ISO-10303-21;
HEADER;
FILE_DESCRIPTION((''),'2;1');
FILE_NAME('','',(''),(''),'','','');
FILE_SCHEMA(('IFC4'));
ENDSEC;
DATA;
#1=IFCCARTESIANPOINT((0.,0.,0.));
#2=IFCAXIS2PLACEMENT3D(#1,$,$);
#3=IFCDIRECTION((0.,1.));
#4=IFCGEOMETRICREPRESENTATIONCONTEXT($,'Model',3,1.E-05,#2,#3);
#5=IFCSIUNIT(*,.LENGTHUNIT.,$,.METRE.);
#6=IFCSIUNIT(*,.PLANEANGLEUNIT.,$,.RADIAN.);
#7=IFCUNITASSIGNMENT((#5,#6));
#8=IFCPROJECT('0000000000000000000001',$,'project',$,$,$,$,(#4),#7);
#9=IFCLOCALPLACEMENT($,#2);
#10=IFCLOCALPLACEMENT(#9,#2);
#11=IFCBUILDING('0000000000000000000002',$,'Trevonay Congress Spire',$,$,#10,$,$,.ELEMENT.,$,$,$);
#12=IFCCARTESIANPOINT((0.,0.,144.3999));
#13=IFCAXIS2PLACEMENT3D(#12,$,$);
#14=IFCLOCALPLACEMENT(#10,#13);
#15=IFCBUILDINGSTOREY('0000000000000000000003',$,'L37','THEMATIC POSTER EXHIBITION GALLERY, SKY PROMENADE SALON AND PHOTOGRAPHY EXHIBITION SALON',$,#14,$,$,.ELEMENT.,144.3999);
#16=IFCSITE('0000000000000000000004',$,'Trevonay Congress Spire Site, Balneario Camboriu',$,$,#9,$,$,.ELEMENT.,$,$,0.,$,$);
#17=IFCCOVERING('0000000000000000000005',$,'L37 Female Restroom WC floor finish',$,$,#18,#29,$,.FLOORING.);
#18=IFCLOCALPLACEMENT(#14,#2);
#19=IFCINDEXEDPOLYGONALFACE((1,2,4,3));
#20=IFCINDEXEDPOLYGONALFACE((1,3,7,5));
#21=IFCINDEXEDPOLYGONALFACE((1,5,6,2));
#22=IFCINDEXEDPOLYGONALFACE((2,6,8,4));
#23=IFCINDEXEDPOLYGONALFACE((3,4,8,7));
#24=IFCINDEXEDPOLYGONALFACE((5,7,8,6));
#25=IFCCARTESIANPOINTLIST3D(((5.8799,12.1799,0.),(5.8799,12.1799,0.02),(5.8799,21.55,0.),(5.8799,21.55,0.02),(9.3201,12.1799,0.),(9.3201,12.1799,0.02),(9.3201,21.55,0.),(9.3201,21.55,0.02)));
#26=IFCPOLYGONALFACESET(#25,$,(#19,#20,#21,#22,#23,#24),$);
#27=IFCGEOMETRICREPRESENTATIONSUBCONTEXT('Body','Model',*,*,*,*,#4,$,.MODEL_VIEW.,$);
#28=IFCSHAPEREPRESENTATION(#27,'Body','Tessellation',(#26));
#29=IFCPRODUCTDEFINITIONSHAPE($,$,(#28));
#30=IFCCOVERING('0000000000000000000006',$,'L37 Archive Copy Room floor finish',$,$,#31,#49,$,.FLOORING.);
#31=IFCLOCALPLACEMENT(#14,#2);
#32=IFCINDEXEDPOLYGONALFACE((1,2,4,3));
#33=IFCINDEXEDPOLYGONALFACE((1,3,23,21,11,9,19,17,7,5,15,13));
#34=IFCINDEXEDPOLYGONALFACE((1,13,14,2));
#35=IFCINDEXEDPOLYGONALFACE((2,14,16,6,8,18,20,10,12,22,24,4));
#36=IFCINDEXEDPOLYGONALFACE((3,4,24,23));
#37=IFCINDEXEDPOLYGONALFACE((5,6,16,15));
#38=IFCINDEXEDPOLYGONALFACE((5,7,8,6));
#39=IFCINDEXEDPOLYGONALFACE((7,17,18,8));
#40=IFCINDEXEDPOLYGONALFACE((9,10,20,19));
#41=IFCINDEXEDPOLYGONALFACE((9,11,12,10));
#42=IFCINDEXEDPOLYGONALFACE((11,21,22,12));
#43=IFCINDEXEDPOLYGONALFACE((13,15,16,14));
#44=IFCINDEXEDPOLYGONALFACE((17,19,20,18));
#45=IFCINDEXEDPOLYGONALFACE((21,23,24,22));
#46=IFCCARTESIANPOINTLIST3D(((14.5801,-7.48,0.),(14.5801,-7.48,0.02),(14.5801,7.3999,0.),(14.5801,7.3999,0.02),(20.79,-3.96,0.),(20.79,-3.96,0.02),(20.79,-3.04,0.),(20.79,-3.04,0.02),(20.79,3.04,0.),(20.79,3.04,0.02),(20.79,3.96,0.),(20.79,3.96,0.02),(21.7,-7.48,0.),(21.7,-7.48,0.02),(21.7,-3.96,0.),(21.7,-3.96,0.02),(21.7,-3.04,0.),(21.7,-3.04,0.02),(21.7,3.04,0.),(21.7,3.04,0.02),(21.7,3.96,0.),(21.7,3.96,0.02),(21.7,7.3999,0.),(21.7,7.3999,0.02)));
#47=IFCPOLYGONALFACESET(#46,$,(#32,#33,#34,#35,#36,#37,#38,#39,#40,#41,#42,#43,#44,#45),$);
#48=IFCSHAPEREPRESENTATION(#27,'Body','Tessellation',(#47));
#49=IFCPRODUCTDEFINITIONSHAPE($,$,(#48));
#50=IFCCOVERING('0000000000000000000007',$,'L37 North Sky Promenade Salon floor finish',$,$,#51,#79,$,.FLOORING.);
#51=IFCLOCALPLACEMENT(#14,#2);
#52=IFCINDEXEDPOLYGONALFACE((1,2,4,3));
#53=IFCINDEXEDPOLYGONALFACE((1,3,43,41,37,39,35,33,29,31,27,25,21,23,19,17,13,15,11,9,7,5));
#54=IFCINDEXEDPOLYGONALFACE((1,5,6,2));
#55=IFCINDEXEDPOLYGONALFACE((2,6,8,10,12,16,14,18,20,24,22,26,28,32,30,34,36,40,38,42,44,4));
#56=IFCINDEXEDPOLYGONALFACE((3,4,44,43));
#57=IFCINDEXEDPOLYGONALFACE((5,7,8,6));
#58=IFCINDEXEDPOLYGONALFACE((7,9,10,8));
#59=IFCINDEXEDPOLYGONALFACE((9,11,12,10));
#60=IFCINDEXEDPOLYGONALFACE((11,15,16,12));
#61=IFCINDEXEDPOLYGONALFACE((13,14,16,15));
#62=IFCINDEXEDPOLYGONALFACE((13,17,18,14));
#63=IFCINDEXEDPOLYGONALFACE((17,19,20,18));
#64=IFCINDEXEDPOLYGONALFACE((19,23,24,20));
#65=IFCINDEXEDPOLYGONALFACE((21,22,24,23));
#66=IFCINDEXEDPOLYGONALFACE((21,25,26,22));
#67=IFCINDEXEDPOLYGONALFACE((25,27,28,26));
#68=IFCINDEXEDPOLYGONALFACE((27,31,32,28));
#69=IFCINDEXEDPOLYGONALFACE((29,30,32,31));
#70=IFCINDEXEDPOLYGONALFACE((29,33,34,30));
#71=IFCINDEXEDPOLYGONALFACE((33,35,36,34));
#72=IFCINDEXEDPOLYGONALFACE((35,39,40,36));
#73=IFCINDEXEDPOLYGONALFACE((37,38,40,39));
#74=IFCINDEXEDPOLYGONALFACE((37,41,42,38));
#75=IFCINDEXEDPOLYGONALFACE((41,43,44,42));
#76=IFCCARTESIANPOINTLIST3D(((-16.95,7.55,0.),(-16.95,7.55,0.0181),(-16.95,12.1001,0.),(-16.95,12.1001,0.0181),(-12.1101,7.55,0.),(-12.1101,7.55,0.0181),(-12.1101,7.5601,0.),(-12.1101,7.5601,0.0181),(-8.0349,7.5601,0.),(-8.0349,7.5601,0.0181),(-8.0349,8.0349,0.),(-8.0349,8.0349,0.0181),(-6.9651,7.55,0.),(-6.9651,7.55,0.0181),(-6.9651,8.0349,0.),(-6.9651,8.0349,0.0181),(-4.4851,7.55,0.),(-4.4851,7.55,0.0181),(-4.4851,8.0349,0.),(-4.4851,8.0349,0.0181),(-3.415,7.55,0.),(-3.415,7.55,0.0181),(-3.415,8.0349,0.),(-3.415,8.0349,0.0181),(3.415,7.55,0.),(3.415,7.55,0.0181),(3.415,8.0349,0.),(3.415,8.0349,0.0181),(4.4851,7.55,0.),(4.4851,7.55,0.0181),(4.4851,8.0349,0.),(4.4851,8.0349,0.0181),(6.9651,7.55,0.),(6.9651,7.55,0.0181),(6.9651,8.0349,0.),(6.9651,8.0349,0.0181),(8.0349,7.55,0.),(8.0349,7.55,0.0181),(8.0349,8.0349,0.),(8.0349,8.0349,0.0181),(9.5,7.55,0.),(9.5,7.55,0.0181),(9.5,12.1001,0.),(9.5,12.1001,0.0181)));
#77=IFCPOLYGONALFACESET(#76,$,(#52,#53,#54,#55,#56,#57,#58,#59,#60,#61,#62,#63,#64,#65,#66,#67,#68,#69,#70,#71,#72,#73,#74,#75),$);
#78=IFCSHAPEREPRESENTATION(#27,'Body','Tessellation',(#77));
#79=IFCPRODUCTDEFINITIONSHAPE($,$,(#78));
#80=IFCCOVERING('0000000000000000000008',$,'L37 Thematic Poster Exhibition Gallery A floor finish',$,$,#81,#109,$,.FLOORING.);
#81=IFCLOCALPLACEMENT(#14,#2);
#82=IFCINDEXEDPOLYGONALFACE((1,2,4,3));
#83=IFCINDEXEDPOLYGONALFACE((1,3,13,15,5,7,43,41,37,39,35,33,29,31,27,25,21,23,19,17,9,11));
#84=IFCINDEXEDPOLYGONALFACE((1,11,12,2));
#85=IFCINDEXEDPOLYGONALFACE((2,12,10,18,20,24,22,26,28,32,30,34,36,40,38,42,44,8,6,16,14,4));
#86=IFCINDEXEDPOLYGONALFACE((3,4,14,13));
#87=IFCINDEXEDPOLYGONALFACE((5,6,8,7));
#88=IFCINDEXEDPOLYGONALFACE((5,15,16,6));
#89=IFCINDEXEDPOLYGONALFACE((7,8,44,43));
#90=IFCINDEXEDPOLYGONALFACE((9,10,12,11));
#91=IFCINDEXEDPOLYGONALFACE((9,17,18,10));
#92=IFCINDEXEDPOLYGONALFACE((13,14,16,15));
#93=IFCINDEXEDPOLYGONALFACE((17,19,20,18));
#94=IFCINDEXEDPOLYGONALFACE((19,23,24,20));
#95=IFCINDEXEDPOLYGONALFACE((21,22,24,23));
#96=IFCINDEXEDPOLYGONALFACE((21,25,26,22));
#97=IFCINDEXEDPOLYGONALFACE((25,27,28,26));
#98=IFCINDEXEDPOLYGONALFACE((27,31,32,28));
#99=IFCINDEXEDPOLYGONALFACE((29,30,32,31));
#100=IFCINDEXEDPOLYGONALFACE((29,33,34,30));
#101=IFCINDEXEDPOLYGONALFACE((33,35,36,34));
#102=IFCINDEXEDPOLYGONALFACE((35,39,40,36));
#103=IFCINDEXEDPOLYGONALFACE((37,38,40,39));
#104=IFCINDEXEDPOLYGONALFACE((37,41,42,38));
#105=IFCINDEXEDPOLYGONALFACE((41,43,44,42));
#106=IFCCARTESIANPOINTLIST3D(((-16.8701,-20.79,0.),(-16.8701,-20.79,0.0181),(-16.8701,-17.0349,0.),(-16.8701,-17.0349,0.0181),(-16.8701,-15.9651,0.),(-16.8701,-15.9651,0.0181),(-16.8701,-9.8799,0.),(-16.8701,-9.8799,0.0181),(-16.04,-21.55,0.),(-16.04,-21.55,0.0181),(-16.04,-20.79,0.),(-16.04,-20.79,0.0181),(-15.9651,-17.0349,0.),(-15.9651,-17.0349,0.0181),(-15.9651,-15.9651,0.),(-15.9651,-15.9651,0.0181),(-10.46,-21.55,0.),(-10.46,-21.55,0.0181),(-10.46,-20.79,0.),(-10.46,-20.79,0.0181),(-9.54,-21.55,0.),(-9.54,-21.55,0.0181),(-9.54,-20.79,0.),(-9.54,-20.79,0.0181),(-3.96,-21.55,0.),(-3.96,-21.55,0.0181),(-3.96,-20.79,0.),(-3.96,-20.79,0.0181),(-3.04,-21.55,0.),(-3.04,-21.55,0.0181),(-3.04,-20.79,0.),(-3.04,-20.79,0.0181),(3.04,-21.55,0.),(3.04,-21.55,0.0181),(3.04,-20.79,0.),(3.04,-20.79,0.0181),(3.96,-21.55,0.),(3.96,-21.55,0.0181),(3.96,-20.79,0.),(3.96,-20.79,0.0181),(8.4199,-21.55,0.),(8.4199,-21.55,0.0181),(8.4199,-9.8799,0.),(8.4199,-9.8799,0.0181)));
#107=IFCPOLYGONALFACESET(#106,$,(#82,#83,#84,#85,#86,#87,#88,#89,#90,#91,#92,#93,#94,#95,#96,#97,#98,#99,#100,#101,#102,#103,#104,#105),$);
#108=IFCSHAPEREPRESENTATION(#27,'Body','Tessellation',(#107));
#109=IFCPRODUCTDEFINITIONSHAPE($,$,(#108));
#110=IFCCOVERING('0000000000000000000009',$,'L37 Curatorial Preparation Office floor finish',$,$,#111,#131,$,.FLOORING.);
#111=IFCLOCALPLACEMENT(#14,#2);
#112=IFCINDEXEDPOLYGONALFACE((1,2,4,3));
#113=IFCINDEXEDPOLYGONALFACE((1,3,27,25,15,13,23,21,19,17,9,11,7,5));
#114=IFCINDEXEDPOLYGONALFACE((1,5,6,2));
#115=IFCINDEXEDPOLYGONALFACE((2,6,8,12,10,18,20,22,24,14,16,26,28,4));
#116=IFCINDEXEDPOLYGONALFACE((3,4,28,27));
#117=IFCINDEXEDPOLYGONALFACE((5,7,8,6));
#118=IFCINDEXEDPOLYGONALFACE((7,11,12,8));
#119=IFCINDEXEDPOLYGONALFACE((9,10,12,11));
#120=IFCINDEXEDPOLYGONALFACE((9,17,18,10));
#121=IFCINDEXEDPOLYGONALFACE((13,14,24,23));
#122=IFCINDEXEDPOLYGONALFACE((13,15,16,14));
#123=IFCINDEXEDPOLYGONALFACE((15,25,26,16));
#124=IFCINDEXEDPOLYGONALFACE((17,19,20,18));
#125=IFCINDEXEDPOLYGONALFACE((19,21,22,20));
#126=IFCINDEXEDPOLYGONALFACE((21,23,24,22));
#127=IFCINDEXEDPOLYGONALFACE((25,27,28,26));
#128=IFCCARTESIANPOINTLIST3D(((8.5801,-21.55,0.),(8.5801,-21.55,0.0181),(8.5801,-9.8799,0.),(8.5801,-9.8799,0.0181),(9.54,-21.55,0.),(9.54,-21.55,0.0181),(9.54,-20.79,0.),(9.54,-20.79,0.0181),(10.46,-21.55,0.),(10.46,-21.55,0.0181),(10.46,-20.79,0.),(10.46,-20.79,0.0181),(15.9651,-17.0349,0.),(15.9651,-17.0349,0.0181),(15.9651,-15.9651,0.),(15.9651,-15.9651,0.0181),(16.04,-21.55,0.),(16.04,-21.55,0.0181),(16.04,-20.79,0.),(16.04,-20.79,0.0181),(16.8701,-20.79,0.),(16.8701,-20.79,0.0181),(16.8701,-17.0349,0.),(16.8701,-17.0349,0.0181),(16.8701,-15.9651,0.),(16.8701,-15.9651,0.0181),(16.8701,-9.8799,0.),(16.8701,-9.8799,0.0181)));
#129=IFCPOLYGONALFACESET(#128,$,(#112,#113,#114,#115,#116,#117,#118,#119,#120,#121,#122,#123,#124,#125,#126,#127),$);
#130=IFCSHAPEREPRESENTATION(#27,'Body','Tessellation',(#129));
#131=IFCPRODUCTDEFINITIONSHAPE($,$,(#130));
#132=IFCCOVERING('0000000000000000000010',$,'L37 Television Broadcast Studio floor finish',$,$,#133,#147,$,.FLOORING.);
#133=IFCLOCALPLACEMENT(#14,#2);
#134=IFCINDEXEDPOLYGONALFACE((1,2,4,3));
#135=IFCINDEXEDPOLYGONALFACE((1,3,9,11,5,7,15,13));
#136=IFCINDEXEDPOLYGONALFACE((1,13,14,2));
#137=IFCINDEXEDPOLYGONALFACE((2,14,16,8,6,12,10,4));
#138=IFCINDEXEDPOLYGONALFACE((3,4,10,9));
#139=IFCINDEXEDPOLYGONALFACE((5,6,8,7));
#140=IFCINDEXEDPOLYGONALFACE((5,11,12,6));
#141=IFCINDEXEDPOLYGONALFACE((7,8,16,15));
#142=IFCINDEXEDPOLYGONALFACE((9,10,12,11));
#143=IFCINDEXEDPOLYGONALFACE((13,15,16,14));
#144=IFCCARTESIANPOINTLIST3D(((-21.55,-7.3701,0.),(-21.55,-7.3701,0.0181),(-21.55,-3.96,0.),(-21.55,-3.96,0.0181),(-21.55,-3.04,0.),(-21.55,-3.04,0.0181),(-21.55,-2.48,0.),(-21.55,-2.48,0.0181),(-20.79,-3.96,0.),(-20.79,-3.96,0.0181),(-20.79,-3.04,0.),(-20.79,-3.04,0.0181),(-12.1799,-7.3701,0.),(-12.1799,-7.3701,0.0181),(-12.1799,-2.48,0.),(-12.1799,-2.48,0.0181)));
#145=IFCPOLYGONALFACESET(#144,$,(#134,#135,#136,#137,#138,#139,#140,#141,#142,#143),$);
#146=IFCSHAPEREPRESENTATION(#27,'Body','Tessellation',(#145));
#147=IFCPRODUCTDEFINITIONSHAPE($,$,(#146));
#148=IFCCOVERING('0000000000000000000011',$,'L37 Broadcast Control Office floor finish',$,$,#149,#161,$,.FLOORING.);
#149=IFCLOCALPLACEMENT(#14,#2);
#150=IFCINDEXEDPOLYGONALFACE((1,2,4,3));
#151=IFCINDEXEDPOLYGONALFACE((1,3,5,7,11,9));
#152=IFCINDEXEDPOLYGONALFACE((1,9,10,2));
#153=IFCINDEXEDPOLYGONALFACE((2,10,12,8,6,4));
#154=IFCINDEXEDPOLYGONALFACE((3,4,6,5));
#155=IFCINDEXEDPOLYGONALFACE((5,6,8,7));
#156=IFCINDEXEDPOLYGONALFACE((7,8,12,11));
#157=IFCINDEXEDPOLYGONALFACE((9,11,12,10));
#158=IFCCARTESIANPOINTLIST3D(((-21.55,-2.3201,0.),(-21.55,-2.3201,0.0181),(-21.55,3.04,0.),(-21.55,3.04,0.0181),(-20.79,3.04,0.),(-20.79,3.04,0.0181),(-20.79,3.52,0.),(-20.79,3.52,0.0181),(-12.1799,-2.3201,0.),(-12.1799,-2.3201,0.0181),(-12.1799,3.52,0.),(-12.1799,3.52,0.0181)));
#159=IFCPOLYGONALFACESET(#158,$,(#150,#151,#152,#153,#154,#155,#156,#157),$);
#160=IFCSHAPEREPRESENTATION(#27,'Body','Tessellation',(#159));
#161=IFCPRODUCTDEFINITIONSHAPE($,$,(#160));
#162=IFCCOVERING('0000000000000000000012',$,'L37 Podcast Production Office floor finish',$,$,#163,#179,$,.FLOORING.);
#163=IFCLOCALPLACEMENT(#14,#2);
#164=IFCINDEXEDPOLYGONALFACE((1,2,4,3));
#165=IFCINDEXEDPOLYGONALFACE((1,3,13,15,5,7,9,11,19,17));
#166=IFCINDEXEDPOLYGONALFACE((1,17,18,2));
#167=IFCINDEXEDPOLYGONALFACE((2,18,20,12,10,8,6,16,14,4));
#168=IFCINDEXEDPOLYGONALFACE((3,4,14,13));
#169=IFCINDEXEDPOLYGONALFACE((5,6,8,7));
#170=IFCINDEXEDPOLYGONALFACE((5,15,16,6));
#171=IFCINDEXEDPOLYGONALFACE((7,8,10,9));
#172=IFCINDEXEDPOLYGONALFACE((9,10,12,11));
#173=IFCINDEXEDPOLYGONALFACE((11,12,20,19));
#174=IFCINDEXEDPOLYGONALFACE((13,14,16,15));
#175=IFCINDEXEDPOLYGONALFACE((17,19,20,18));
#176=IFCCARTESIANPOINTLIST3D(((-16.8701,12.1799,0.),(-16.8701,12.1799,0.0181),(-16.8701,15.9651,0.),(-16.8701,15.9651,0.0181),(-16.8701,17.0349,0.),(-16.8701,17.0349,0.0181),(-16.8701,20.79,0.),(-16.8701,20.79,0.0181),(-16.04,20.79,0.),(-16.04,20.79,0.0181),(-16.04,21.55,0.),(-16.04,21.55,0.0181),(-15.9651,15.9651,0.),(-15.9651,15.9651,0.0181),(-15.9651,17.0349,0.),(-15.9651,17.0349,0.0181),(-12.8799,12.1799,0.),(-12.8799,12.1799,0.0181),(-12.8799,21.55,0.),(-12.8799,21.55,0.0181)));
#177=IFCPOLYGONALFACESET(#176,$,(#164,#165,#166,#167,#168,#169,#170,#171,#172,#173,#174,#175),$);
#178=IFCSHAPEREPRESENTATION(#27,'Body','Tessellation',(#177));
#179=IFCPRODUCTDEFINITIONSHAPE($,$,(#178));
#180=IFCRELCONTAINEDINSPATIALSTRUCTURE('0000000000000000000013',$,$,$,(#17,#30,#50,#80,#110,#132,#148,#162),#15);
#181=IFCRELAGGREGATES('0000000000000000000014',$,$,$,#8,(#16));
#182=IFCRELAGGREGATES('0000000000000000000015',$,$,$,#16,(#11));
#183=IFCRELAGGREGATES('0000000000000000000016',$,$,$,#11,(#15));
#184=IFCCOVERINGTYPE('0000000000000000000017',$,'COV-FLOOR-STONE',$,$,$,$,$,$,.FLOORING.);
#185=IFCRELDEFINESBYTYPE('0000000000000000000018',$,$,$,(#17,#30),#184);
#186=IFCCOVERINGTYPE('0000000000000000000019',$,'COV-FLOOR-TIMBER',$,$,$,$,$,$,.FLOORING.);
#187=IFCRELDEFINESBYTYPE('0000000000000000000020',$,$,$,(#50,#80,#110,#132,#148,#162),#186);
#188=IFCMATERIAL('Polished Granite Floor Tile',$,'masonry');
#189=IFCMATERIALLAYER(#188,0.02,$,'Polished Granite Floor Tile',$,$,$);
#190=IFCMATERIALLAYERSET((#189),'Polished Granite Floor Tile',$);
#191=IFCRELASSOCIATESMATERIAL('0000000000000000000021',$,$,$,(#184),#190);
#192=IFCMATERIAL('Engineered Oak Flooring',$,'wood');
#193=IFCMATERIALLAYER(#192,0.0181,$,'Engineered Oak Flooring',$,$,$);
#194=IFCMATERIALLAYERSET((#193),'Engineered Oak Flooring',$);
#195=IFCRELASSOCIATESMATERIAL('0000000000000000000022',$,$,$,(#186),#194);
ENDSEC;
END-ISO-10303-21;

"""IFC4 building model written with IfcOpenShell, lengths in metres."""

from ifc_helpers import new_model, si_unit, direction, frame, origin, place, context, subcontext, project, spatial, polyline, outline, extrude, material, layer, layer_set, type_object, element, save


model = new_model("IFC4")

# Units and contexts
model_context = context("Model", 3, precision=1e-05, world=origin(), true_north=direction((0.0, 1.0)))
body_context = subcontext(model_context, "Body", "Model", "MODEL_VIEW")
ifc_project = project(units=[si_unit("LENGTHUNIT", "METRE"), si_unit("PLANEANGLEUNIT", "RADIAN")], contexts=[model_context])

# Site, building, storey
site_placement = place(None, origin())
site = spatial("IfcSite", under=ifc_project, at=site_placement, Name="Trevonay Congress Spire Site, Balneario Camboriu", CompositionType="ELEMENT", RefElevation=0.0)
building_placement = place(site_placement, origin())
building = spatial("IfcBuilding", under=site, at=building_placement, Name="Trevonay Congress Spire", CompositionType="ELEMENT")
storey_placement = place(building_placement, frame((0.0, 0.0, 144.3999)))
storey = spatial("IfcBuildingStorey", under=building, at=storey_placement, Name="L37", Description="THEMATIC POSTER EXHIBITION GALLERY, SKY PROMENADE SALON AND PHOTOGRAPHY EXHIBITION SALON", CompositionType="ELEMENT", Elevation=144.3999)

# Coverings
ifc_material_1 = material(Name="Polished Granite Floor Tile", Category="masonry")
ifc_layer_1 = layer(ifc_material_1, 0.02, Name="Polished Granite Floor Tile")
ifc_layer_set_1 = layer_set([ifc_layer_1], Name="Polished Granite Floor Tile")
covering_type_1 = type_object("IfcCoveringType", Name="COV-FLOOR-STONE", PredefinedType="FLOORING", material=ifc_layer_set_1)
covering_1_placement = place(storey_placement, origin())
element("IfcCovering", 1, at=covering_1_placement, inside=storey, type_object=covering_type_1, Name="L37 Female Restroom WC floor finish", PredefinedType="FLOORING", context=body_context, shape_type="SweptSolid", body=[
    extrude(outline(polyline([(5.8799, 12.1799), (9.3201, 12.1799), (9.3201, 21.55), (5.8799, 21.55), (5.8799, 12.1799)])), origin(), (0.0, 0.0, 1.0), 0.02),
])
covering_2_placement = place(storey_placement, origin())
element("IfcCovering", 2, at=covering_2_placement, inside=storey, type_object=covering_type_1, Name="L37 Archive Copy Room floor finish", PredefinedType="FLOORING", context=body_context, shape_type="SweptSolid", body=[
    extrude(outline(polyline([(21.7, -7.48), (14.5801, -7.48), (14.5801, 7.3999), (21.7, 7.3999), (21.7, 3.96), (20.79, 3.96), (20.79, 3.04), (21.7, 3.04), (21.7, -3.04), (20.79, -3.04), (20.79, -3.96), (21.7, -3.96), (21.7, -7.48)])), origin(), (0.0, 0.0, 1.0), 0.02),
])
ifc_material_2 = material(Name="Engineered Oak Flooring", Category="wood")
ifc_layer_2 = layer(ifc_material_2, 0.0181, Name="Engineered Oak Flooring")
ifc_layer_set_2 = layer_set([ifc_layer_2], Name="Engineered Oak Flooring")
covering_type_2 = type_object("IfcCoveringType", Name="COV-FLOOR-TIMBER", PredefinedType="FLOORING", material=ifc_layer_set_2)
covering_3_placement = place(storey_placement, origin())
element("IfcCovering", 3, at=covering_3_placement, inside=storey, type_object=covering_type_2, Name="L37 North Sky Promenade Salon floor finish", PredefinedType="FLOORING", context=body_context, shape_type="SweptSolid", body=[
    extrude(outline(polyline([(-16.95, 12.1001), (9.5, 12.1001), (9.5, 7.55), (8.0349, 7.55), (8.0349, 8.0349), (6.9651, 8.0349), (6.9651, 7.55), (4.4851, 7.55), (4.4851, 8.0349), (3.415, 8.0349), (3.415, 7.55), (-3.415, 7.55), (-3.415, 8.0349), (-4.4851, 8.0349), (-4.4851, 7.55), (-6.9651, 7.55), (-6.9651, 8.0349), (-8.0349, 8.0349), (-8.0349, 7.5601), (-12.1101, 7.5601), (-12.1101, 7.55), (-16.95, 7.55), (-16.95, 12.1001)])), origin(), (0.0, 0.0, 1.0), 0.0181),
])
covering_4_placement = place(storey_placement, origin())
element("IfcCovering", 4, at=covering_4_placement, inside=storey, type_object=covering_type_2, Name="L37 Thematic Poster Exhibition Gallery A floor finish", PredefinedType="FLOORING", context=body_context, shape_type="SweptSolid", body=[
    extrude(outline(polyline([(-16.04, -21.55), (-16.04, -20.79), (-16.8701, -20.79), (-16.8701, -17.0349), (-15.9651, -17.0349), (-15.9651, -15.9651), (-16.8701, -15.9651), (-16.8701, -9.8799), (8.4199, -9.8799), (8.4199, -21.55), (3.96, -21.55), (3.96, -20.79), (3.04, -20.79), (3.04, -21.55), (-3.04, -21.55), (-3.04, -20.79), (-3.96, -20.79), (-3.96, -21.55), (-9.54, -21.55), (-9.54, -20.79), (-10.46, -20.79), (-10.46, -21.55), (-16.04, -21.55)])), origin(), (0.0, 0.0, 1.0), 0.0181),
])
covering_5_placement = place(storey_placement, origin())
element("IfcCovering", 5, at=covering_5_placement, inside=storey, type_object=covering_type_2, Name="L37 Curatorial Preparation Office floor finish", PredefinedType="FLOORING", context=body_context, shape_type="SweptSolid", body=[
    extrude(outline(polyline([(8.5801, -21.55), (8.5801, -9.8799), (16.8701, -9.8799), (16.8701, -15.9651), (15.9651, -15.9651), (15.9651, -17.0349), (16.8701, -17.0349), (16.8701, -20.79), (16.04, -20.79), (16.04, -21.55), (10.46, -21.55), (10.46, -20.79), (9.54, -20.79), (9.54, -21.55), (8.5801, -21.55)])), origin(), (0.0, 0.0, 1.0), 0.0181),
])
covering_6_placement = place(storey_placement, origin())
element("IfcCovering", 6, at=covering_6_placement, inside=storey, type_object=covering_type_2, Name="L37 Television Broadcast Studio floor finish", PredefinedType="FLOORING", context=body_context, shape_type="SweptSolid", body=[
    extrude(outline(polyline([(-21.55, -2.48), (-12.1799, -2.48), (-12.1799, -7.3701), (-21.55, -7.3701), (-21.55, -3.96), (-20.79, -3.96), (-20.79, -3.04), (-21.55, -3.04), (-21.55, -2.48)])), origin(), (0.0, 0.0, 1.0), 0.0181),
])
covering_7_placement = place(storey_placement, origin())
element("IfcCovering", 7, at=covering_7_placement, inside=storey, type_object=covering_type_2, Name="L37 Broadcast Control Office floor finish", PredefinedType="FLOORING", context=body_context, shape_type="SweptSolid", body=[
    extrude(outline(polyline([(-12.1799, 3.52), (-12.1799, -2.3201), (-21.55, -2.3201), (-21.55, 3.04), (-20.79, 3.04), (-20.79, 3.52), (-12.1799, 3.52)])), origin(), (0.0, 0.0, 1.0), 0.0181),
])
covering_8_placement = place(storey_placement, origin())
element("IfcCovering", 8, at=covering_8_placement, inside=storey, type_object=covering_type_2, Name="L37 Podcast Production Office floor finish", PredefinedType="FLOORING", context=body_context, shape_type="SweptSolid", body=[
    extrude(outline(polyline([(-12.8799, 21.55), (-12.8799, 12.1799), (-16.8701, 12.1799), (-16.8701, 15.9651), (-15.9651, 15.9651), (-15.9651, 17.0349), (-16.8701, 17.0349), (-16.8701, 20.79), (-16.04, 20.79), (-16.04, 21.55), (-12.8799, 21.55)])), origin(), (0.0, 0.0, 1.0), 0.0181),
])

save(model, "model.ifc")
